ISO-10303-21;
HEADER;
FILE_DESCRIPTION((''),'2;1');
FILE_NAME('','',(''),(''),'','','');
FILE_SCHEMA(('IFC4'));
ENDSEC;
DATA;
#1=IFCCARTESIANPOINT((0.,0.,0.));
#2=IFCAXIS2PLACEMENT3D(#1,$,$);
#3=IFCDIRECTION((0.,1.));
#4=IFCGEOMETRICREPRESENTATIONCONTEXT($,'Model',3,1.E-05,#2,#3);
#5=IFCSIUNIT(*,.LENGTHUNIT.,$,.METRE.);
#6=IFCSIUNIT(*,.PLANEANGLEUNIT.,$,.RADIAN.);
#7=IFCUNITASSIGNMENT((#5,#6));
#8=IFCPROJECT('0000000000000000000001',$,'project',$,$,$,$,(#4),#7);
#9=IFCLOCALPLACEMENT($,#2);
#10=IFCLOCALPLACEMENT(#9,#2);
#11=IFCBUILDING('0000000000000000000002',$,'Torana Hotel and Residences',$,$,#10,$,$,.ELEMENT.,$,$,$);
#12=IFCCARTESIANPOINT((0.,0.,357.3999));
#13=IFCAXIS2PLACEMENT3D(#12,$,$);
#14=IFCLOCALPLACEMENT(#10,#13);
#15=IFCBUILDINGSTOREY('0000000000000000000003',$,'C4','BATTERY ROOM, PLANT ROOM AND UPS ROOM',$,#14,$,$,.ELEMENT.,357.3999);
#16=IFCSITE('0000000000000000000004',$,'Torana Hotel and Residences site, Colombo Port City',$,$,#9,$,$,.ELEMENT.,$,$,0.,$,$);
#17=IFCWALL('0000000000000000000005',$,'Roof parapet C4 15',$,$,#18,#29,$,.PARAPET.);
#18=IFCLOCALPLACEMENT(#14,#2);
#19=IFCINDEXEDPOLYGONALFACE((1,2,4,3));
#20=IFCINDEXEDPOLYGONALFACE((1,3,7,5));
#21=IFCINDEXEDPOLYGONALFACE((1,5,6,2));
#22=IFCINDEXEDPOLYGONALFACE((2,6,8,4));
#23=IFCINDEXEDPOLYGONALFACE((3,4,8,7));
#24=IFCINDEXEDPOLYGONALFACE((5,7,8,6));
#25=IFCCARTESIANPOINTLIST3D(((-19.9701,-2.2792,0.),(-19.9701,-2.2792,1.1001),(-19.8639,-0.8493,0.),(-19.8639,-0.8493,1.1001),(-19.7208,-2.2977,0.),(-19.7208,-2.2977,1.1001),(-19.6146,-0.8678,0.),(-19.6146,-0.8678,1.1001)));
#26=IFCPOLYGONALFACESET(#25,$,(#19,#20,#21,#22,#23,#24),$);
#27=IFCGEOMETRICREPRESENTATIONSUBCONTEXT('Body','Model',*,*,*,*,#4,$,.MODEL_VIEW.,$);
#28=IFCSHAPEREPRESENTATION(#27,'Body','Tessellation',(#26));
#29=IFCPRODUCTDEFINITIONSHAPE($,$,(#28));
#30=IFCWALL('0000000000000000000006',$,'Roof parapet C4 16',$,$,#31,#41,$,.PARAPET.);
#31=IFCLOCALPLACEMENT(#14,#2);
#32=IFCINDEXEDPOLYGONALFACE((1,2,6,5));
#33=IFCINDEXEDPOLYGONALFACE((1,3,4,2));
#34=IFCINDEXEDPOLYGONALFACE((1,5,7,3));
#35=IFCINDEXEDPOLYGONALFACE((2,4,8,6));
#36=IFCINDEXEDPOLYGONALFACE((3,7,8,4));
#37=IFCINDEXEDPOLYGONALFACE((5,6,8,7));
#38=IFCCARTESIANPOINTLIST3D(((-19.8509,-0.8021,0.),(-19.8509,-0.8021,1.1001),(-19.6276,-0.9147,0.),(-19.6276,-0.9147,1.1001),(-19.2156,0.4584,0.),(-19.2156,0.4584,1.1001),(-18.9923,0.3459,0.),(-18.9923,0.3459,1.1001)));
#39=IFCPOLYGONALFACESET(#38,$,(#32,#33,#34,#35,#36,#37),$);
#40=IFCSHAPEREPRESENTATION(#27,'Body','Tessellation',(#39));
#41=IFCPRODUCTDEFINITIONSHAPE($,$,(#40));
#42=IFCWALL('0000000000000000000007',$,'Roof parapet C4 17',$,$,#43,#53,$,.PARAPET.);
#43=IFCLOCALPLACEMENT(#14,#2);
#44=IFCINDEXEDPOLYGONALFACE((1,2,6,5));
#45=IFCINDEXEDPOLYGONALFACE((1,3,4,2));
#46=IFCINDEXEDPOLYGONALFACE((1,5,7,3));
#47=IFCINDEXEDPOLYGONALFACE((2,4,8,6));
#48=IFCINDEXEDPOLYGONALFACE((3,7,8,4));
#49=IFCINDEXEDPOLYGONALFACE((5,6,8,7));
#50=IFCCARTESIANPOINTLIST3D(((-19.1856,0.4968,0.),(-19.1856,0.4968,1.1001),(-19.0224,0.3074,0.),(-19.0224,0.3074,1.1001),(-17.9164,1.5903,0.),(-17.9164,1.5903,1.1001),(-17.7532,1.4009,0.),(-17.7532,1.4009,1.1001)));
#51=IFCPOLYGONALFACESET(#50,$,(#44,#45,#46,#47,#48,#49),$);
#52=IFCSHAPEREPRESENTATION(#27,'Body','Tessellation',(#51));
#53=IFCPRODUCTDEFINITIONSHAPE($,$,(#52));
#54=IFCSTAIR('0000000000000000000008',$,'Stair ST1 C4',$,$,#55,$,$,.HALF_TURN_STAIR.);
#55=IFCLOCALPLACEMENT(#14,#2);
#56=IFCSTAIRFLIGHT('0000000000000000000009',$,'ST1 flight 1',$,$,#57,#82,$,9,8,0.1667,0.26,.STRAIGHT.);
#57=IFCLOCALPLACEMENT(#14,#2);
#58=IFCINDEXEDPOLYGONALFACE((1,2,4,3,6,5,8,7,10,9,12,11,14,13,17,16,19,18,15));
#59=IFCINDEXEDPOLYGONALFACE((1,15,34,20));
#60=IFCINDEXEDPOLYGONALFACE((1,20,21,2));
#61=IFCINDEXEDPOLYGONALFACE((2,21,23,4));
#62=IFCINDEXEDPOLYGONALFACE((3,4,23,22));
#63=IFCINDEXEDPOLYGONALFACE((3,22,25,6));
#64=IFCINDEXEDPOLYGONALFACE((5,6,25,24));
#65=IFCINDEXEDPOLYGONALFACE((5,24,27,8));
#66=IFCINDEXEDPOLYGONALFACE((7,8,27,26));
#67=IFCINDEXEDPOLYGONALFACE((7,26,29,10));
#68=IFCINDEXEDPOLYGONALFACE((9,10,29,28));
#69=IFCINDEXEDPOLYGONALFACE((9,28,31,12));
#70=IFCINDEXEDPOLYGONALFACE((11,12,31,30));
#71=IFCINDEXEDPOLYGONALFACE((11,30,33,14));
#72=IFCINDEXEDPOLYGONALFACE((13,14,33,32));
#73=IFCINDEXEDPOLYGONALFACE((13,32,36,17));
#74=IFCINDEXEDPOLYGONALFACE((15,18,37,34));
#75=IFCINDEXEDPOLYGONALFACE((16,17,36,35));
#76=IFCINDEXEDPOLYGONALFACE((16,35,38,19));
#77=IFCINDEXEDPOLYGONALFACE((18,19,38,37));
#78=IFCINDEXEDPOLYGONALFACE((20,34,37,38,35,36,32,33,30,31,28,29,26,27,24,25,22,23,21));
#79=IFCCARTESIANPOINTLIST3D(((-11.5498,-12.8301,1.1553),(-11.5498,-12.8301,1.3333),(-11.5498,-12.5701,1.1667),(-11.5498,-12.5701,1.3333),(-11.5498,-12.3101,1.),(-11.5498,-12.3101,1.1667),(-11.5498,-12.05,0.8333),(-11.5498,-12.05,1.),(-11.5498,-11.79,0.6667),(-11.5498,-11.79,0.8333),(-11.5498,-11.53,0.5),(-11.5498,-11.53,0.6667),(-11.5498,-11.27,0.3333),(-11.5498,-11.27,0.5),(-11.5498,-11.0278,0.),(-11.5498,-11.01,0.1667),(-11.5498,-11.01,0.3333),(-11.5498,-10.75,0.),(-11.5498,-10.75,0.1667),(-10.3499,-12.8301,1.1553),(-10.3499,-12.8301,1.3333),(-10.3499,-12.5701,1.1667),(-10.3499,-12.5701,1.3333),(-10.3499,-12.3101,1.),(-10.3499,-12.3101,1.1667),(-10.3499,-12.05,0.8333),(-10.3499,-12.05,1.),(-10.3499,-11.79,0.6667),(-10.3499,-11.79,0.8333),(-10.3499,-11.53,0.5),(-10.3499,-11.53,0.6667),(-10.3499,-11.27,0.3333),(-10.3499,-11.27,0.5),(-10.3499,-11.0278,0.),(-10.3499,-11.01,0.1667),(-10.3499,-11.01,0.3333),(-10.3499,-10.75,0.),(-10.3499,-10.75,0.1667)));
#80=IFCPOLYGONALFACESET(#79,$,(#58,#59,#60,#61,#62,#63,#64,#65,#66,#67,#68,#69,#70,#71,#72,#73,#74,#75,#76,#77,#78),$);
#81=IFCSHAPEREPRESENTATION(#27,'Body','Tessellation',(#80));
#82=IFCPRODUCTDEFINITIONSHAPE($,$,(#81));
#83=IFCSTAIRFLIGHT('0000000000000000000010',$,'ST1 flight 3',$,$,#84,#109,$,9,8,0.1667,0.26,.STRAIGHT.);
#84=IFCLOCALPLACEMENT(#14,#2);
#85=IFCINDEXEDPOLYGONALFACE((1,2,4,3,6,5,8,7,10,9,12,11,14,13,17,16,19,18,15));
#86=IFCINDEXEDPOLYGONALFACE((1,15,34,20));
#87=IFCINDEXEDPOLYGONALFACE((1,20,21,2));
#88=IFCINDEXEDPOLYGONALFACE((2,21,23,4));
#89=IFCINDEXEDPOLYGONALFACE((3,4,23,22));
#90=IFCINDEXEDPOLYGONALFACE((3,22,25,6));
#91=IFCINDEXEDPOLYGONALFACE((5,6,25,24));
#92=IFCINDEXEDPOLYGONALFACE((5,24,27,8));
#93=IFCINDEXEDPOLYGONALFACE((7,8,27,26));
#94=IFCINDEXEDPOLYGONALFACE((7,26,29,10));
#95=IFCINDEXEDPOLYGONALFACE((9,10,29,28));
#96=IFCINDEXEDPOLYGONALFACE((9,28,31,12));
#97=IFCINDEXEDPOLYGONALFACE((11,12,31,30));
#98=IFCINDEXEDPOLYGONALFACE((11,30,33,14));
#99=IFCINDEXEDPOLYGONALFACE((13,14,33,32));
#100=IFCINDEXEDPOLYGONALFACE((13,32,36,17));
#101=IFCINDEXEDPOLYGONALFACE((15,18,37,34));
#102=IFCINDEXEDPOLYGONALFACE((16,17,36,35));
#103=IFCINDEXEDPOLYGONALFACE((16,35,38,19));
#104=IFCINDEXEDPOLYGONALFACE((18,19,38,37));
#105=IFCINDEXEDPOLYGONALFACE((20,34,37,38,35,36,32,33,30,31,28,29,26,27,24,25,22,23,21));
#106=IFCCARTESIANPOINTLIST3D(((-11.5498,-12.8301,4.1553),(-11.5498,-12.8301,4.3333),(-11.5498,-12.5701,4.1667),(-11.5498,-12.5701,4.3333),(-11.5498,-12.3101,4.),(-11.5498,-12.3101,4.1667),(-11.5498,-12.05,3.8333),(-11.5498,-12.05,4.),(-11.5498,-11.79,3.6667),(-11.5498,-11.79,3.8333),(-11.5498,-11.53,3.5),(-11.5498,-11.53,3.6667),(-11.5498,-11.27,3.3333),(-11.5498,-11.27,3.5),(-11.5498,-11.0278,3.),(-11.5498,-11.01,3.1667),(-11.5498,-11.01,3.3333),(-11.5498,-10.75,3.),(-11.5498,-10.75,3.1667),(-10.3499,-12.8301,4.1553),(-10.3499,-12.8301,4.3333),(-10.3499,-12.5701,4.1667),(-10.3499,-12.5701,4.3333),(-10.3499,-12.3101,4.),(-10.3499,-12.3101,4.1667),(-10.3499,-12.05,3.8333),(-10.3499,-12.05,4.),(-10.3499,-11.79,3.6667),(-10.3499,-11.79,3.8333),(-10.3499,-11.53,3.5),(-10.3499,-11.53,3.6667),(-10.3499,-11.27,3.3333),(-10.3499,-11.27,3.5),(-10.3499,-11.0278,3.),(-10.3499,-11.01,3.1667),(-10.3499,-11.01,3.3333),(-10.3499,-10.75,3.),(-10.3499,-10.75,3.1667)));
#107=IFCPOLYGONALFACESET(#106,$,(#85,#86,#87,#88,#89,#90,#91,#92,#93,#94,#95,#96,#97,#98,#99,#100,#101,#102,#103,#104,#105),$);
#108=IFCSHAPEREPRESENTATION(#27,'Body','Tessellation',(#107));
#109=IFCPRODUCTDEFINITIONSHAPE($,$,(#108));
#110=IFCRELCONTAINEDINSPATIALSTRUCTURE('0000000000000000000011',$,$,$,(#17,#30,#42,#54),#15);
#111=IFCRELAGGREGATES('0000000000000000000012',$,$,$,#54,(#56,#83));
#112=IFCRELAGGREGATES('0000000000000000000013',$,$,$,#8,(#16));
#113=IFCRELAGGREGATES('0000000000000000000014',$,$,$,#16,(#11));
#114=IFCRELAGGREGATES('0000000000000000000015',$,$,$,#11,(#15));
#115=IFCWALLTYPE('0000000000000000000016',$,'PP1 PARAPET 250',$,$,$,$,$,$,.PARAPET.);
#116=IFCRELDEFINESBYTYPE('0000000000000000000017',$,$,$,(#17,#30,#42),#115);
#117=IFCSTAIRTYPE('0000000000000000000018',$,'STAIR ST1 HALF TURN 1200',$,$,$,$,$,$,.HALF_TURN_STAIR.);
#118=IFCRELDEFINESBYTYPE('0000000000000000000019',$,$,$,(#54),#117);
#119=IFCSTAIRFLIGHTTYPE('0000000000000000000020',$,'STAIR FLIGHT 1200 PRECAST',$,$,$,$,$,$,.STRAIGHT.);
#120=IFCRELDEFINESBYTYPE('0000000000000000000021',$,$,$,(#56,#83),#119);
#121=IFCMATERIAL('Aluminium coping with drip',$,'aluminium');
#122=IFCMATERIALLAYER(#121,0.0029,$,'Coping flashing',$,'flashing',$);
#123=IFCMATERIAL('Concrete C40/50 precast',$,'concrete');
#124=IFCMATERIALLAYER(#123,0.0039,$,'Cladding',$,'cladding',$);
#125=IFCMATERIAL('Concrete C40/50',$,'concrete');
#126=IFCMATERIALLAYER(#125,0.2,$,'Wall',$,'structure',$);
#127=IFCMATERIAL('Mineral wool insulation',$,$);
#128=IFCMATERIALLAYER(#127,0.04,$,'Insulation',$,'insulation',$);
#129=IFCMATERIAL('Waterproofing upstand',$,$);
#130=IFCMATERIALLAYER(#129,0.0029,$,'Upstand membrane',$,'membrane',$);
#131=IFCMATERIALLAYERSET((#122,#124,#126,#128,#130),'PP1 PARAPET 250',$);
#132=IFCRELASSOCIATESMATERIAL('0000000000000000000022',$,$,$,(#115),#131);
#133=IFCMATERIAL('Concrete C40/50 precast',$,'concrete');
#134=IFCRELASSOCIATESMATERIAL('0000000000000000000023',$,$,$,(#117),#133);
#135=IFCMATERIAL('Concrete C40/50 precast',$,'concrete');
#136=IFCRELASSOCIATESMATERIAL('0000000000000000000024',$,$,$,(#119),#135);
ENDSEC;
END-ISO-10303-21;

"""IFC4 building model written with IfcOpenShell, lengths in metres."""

from ifc_helpers import new_model, si_unit, direction, frame, frame_2d, origin, place, context, subcontext, project, spatial, polyline, rectangle, outline, extrude, material, layer, layer_set, type_object, element, aggregate, save


model = new_model("IFC4")

# Units and contexts
model_context = context("Model", 3, precision=1e-05, world=origin(), true_north=direction((0.0, 1.0)))
body_context = subcontext(model_context, "Body", "Model", "MODEL_VIEW")
ifc_project = project(units=[si_unit("LENGTHUNIT", "METRE"), si_unit("PLANEANGLEUNIT", "RADIAN")], contexts=[model_context])

# Site, building, storey
site_placement = place(None, origin())
site = spatial("IfcSite", under=ifc_project, at=site_placement, Name="Torana Hotel and Residences site, Colombo Port City", CompositionType="ELEMENT", RefElevation=0.0)
building_placement = place(site_placement, origin())
building = spatial("IfcBuilding", under=site, at=building_placement, Name="Torana Hotel and Residences", CompositionType="ELEMENT")
storey_placement = place(building_placement, frame((0.0, 0.0, 357.3999)))
storey = spatial("IfcBuildingStorey", under=building, at=storey_placement, Name="C4", Description="BATTERY ROOM, PLANT ROOM AND UPS ROOM", CompositionType="ELEMENT", Elevation=357.3999)

# Walls
ifc_material_1 = material(Name="Aluminium coping with drip", Category="aluminium")
ifc_layer_1 = layer(ifc_material_1, 0.0029, Name="Coping flashing", Category="flashing")
ifc_material_2 = material(Name="Concrete C40/50 precast", Category="concrete")
ifc_layer_2 = layer(ifc_material_2, 0.0039, Name="Cladding", Category="cladding")
ifc_material_3 = material(Name="Concrete C40/50", Category="concrete")
ifc_layer_3 = layer(ifc_material_3, 0.2, Name="Wall", Category="structure")
ifc_material_4 = material(Name="Mineral wool insulation")
ifc_layer_4 = layer(ifc_material_4, 0.04, Name="Insulation", Category="insulation")
ifc_material_5 = material(Name="Waterproofing upstand")
ifc_layer_5 = layer(ifc_material_5, 0.0029, Name="Upstand membrane", Category="membrane")
ifc_layer_set_1 = layer_set([ifc_layer_1, ifc_layer_2, ifc_layer_3, ifc_layer_4, ifc_layer_5], Name="PP1 PARAPET 250")
wall_type_1 = type_object("IfcWallType", Name="PP1 PARAPET 250", PredefinedType="PARAPET", material=ifc_layer_set_1)
wall_1_placement = place(storey_placement, frame((-19.8455, -2.2883, 0.0), z_axis=(0.0, 0.0, 1.0), x_axis=(0.074066, 0.997253, 0.0)))
element("IfcWall", 1, at=wall_1_placement, inside=storey, type_object=wall_type_1, Name="Roof parapet C4 15", PredefinedType="PARAPET", context=body_context, shape_type="SweptSolid", body=[
    extrude(rectangle(XDim=1.4338, YDim=0.25, at=frame_2d((0.7168, 0.0))), origin(), (0.0, 0.0, 1.0), 1.1001),
])
wall_2_placement = place(storey_placement, frame((-19.7393, -0.8584, 0.0), z_axis=(0.0, 0.0, 1.0), x_axis=(0.450048, 0.893004, 0.0)))
element("IfcWall", 2, at=wall_2_placement, inside=storey, type_object=wall_type_1, Name="Roof parapet C4 16", PredefinedType="PARAPET", context=body_context, shape_type="SweptSolid", body=[
    extrude(rectangle(XDim=1.4116, YDim=0.25, at=frame_2d((0.7058, 0.0))), origin(), (0.0, 0.0, 1.0), 1.1001),
])
wall_3_placement = place(storey_placement, frame((-19.104, 0.4021, 0.0), z_axis=(0.0, 0.0, 1.0), x_axis=(0.757619, 0.652697, 0.0)))
element("IfcWall", 3, at=wall_3_placement, inside=storey, type_object=wall_type_1, Name="Roof parapet C4 17", PredefinedType="PARAPET", context=body_context, shape_type="SweptSolid", body=[
    extrude(rectangle(XDim=1.6753, YDim=0.25, at=frame_2d((0.8376, 0.0))), origin(), (0.0, 0.0, 1.0), 1.1001),
])

# Stair, stair flights
ifc_material_6 = material(Name="Concrete C40/50 precast", Category="concrete")
stair_type = type_object("IfcStairType", Name="STAIR ST1 HALF TURN 1200", PredefinedType="HALF_TURN_STAIR", material=ifc_material_6)
stair_placement = place(storey_placement, origin())
stair = element("IfcStair", 4, at=stair_placement, inside=storey, type_object=stair_type, Name="Stair ST1 C4", PredefinedType="HALF_TURN_STAIR")
ifc_material_7 = material(Name="Concrete C40/50 precast", Category="concrete")
stair_flight_type = type_object("IfcStairFlightType", Name="STAIR FLIGHT 1200 PRECAST", PredefinedType="STRAIGHT", material=ifc_material_7)
stair_flight_1_placement = place(storey_placement, frame((-10.95, -10.75, 0.0), z_axis=(0.0, 0.0, 1.0), x_axis=(0.0, -1.0, 0.0)))
stair_flight_1 = element("IfcStairFlight", 5, at=stair_flight_1_placement, type_object=stair_flight_type, Name="ST1 flight 1", NumberOfRisers=9, NumberOfTreads=8, PredefinedType="STRAIGHT", RiserHeight=0.1667, TreadLength=0.26, context=body_context, shape_type="SweptSolid", body=[
    extrude(outline(polyline([(0.0, 0.0), (0.0, 0.1667), (0.26, 0.1667), (0.26, 0.3333), (0.52, 0.3333), (0.52, 0.5), (0.78, 0.5), (0.78, 0.6667), (1.04, 0.6667), (1.04, 0.8333), (1.3, 0.8333), (1.3, 1.0), (1.5601, 1.0), (1.5601, 1.1667), (1.8201, 1.1667), (1.8201, 1.3333), (2.0801, 1.3333), (2.0801, 1.5), (2.0801, 1.1553), (0.2778, 0.0), (0.0, 0.0)])), frame((0.0, 0.6001, 0.0), z_axis=(0.0, -1.0, 0.0), x_axis=(1.0, 0.0, 0.0)), (0.0, 0.0, 1.0), 1.2),
])
stair_flight_2_placement = place(storey_placement, frame((-10.95, -10.75, 3.0), z_axis=(0.0, 0.0, 1.0), x_axis=(0.0, -1.0, 0.0)))
stair_flight_2 = element("IfcStairFlight", 6, at=stair_flight_2_placement, type_object=stair_flight_type, Name="ST1 flight 3", NumberOfRisers=9, NumberOfTreads=8, PredefinedType="STRAIGHT", RiserHeight=0.1667, TreadLength=0.26, context=body_context, shape_type="SweptSolid", body=[
    extrude(outline(polyline([(0.0, 0.0), (0.0, 0.1667), (0.26, 0.1667), (0.26, 0.3333), (0.52, 0.3333), (0.52, 0.5), (0.78, 0.5), (0.78, 0.6667), (1.04, 0.6667), (1.04, 0.8333), (1.3, 0.8333), (1.3, 1.0), (1.5601, 1.0), (1.5601, 1.1667), (1.8201, 1.1667), (1.8201, 1.3333), (2.0801, 1.3333), (2.0801, 1.5), (2.0801, 1.1553), (0.2778, 0.0), (0.0, 0.0)])), frame((0.0, 0.6001, 0.0), z_axis=(0.0, -1.0, 0.0), x_axis=(1.0, 0.0, 0.0)), (0.0, 0.0, 1.0), 1.2),
])
aggregate(stair, [stair_flight_1, stair_flight_2])

save(model, "model.ifc")
